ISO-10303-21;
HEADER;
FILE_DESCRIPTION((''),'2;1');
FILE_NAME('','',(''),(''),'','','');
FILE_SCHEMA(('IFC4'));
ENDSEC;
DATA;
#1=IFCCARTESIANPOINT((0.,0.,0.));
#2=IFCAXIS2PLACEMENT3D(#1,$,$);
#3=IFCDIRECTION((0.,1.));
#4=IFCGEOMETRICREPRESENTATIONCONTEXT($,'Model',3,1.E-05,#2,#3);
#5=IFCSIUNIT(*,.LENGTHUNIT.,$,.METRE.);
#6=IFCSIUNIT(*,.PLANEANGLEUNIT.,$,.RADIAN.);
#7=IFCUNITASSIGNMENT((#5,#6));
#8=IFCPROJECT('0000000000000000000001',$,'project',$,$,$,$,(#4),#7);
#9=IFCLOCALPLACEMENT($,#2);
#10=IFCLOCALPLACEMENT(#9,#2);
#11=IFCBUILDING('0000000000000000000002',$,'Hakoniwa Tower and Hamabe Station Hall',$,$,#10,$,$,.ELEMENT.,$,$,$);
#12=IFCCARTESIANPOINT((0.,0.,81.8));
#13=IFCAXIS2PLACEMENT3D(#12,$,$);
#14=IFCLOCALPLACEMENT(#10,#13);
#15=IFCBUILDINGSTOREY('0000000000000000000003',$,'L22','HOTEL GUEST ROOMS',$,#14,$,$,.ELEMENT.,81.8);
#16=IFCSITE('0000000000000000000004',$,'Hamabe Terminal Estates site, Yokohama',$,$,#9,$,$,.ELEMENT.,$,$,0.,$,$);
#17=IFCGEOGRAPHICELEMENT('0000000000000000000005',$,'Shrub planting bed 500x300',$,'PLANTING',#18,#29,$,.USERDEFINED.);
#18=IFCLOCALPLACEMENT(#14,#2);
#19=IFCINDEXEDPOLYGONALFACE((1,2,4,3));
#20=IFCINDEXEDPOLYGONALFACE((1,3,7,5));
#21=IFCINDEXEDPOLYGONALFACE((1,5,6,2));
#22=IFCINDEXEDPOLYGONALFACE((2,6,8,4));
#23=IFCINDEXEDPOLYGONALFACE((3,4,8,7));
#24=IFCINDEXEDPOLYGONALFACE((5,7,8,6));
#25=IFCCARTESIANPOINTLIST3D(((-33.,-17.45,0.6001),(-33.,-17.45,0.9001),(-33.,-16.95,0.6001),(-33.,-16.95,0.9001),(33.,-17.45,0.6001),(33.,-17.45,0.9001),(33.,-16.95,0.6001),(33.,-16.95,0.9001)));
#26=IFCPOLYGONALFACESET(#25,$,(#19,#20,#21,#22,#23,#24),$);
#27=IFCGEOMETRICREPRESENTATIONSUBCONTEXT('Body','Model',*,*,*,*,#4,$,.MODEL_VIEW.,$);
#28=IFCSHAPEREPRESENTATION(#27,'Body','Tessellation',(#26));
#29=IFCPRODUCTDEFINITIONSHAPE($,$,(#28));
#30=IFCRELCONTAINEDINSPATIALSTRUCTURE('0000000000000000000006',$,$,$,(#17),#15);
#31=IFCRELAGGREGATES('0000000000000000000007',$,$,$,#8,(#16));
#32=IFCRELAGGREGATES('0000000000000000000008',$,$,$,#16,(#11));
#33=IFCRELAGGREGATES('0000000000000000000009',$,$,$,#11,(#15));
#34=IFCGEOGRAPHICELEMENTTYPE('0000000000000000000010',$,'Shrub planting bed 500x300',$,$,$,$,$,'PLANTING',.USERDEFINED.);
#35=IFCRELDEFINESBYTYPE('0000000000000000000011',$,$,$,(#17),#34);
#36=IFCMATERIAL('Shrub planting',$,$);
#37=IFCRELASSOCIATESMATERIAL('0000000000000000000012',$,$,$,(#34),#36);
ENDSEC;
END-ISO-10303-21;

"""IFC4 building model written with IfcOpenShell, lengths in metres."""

from ifc_helpers import new_model, si_unit, direction, frame, origin, origin_2d, place, context, subcontext, project, spatial, rectangle, extrude, material, type_object, element, save


model = new_model("IFC4")

# Units and contexts
model_context = context("Model", 3, precision=1e-05, world=origin(), true_north=direction((0.0, 1.0)))
body_context = subcontext(model_context, "Body", "Model", "MODEL_VIEW")
ifc_project = project(units=[si_unit("LENGTHUNIT", "METRE"), si_unit("PLANEANGLEUNIT", "RADIAN")], contexts=[model_context])

# Site, building, storey
site_placement = place(None, origin())
site = spatial("IfcSite", under=ifc_project, at=site_placement, Name="Hamabe Terminal Estates site, Yokohama", CompositionType="ELEMENT", RefElevation=0.0)
building_placement = place(site_placement, origin())
building = spatial("IfcBuilding", under=site, at=building_placement, Name="Hakoniwa Tower and Hamabe Station Hall", CompositionType="ELEMENT")
storey_placement = place(building_placement, frame((0.0, 0.0, 81.8)))
storey = spatial("IfcBuildingStorey", under=building, at=storey_placement, Name="L22", Description="HOTEL GUEST ROOMS", CompositionType="ELEMENT", Elevation=81.8)

# Geographic element
ifc_material_1 = material(Name="Shrub planting")
geographic_element_type = type_object("IfcGeographicElementType", Name="Shrub planting bed 500x300", ElementType="PLANTING", PredefinedType="USERDEFINED", material=ifc_material_1)
geographic_element_placement = place(storey_placement, frame((0.0, -17.2, 0.6001), z_axis=(0.0, 0.0, 1.0), x_axis=(1.0, 0.0, 0.0)))
element("IfcGeographicElement", 1, at=geographic_element_placement, inside=storey, type_object=geographic_element_type, Name="Shrub planting bed 500x300", ObjectType="PLANTING", PredefinedType="USERDEFINED", context=body_context, shape_type="SweptSolid", body=[
    extrude(rectangle(XDim=66.0, YDim=0.5, at=origin_2d()), origin(), (0.0, 0.0, 1.0), 0.3),
])

save(model, "model.ifc")
